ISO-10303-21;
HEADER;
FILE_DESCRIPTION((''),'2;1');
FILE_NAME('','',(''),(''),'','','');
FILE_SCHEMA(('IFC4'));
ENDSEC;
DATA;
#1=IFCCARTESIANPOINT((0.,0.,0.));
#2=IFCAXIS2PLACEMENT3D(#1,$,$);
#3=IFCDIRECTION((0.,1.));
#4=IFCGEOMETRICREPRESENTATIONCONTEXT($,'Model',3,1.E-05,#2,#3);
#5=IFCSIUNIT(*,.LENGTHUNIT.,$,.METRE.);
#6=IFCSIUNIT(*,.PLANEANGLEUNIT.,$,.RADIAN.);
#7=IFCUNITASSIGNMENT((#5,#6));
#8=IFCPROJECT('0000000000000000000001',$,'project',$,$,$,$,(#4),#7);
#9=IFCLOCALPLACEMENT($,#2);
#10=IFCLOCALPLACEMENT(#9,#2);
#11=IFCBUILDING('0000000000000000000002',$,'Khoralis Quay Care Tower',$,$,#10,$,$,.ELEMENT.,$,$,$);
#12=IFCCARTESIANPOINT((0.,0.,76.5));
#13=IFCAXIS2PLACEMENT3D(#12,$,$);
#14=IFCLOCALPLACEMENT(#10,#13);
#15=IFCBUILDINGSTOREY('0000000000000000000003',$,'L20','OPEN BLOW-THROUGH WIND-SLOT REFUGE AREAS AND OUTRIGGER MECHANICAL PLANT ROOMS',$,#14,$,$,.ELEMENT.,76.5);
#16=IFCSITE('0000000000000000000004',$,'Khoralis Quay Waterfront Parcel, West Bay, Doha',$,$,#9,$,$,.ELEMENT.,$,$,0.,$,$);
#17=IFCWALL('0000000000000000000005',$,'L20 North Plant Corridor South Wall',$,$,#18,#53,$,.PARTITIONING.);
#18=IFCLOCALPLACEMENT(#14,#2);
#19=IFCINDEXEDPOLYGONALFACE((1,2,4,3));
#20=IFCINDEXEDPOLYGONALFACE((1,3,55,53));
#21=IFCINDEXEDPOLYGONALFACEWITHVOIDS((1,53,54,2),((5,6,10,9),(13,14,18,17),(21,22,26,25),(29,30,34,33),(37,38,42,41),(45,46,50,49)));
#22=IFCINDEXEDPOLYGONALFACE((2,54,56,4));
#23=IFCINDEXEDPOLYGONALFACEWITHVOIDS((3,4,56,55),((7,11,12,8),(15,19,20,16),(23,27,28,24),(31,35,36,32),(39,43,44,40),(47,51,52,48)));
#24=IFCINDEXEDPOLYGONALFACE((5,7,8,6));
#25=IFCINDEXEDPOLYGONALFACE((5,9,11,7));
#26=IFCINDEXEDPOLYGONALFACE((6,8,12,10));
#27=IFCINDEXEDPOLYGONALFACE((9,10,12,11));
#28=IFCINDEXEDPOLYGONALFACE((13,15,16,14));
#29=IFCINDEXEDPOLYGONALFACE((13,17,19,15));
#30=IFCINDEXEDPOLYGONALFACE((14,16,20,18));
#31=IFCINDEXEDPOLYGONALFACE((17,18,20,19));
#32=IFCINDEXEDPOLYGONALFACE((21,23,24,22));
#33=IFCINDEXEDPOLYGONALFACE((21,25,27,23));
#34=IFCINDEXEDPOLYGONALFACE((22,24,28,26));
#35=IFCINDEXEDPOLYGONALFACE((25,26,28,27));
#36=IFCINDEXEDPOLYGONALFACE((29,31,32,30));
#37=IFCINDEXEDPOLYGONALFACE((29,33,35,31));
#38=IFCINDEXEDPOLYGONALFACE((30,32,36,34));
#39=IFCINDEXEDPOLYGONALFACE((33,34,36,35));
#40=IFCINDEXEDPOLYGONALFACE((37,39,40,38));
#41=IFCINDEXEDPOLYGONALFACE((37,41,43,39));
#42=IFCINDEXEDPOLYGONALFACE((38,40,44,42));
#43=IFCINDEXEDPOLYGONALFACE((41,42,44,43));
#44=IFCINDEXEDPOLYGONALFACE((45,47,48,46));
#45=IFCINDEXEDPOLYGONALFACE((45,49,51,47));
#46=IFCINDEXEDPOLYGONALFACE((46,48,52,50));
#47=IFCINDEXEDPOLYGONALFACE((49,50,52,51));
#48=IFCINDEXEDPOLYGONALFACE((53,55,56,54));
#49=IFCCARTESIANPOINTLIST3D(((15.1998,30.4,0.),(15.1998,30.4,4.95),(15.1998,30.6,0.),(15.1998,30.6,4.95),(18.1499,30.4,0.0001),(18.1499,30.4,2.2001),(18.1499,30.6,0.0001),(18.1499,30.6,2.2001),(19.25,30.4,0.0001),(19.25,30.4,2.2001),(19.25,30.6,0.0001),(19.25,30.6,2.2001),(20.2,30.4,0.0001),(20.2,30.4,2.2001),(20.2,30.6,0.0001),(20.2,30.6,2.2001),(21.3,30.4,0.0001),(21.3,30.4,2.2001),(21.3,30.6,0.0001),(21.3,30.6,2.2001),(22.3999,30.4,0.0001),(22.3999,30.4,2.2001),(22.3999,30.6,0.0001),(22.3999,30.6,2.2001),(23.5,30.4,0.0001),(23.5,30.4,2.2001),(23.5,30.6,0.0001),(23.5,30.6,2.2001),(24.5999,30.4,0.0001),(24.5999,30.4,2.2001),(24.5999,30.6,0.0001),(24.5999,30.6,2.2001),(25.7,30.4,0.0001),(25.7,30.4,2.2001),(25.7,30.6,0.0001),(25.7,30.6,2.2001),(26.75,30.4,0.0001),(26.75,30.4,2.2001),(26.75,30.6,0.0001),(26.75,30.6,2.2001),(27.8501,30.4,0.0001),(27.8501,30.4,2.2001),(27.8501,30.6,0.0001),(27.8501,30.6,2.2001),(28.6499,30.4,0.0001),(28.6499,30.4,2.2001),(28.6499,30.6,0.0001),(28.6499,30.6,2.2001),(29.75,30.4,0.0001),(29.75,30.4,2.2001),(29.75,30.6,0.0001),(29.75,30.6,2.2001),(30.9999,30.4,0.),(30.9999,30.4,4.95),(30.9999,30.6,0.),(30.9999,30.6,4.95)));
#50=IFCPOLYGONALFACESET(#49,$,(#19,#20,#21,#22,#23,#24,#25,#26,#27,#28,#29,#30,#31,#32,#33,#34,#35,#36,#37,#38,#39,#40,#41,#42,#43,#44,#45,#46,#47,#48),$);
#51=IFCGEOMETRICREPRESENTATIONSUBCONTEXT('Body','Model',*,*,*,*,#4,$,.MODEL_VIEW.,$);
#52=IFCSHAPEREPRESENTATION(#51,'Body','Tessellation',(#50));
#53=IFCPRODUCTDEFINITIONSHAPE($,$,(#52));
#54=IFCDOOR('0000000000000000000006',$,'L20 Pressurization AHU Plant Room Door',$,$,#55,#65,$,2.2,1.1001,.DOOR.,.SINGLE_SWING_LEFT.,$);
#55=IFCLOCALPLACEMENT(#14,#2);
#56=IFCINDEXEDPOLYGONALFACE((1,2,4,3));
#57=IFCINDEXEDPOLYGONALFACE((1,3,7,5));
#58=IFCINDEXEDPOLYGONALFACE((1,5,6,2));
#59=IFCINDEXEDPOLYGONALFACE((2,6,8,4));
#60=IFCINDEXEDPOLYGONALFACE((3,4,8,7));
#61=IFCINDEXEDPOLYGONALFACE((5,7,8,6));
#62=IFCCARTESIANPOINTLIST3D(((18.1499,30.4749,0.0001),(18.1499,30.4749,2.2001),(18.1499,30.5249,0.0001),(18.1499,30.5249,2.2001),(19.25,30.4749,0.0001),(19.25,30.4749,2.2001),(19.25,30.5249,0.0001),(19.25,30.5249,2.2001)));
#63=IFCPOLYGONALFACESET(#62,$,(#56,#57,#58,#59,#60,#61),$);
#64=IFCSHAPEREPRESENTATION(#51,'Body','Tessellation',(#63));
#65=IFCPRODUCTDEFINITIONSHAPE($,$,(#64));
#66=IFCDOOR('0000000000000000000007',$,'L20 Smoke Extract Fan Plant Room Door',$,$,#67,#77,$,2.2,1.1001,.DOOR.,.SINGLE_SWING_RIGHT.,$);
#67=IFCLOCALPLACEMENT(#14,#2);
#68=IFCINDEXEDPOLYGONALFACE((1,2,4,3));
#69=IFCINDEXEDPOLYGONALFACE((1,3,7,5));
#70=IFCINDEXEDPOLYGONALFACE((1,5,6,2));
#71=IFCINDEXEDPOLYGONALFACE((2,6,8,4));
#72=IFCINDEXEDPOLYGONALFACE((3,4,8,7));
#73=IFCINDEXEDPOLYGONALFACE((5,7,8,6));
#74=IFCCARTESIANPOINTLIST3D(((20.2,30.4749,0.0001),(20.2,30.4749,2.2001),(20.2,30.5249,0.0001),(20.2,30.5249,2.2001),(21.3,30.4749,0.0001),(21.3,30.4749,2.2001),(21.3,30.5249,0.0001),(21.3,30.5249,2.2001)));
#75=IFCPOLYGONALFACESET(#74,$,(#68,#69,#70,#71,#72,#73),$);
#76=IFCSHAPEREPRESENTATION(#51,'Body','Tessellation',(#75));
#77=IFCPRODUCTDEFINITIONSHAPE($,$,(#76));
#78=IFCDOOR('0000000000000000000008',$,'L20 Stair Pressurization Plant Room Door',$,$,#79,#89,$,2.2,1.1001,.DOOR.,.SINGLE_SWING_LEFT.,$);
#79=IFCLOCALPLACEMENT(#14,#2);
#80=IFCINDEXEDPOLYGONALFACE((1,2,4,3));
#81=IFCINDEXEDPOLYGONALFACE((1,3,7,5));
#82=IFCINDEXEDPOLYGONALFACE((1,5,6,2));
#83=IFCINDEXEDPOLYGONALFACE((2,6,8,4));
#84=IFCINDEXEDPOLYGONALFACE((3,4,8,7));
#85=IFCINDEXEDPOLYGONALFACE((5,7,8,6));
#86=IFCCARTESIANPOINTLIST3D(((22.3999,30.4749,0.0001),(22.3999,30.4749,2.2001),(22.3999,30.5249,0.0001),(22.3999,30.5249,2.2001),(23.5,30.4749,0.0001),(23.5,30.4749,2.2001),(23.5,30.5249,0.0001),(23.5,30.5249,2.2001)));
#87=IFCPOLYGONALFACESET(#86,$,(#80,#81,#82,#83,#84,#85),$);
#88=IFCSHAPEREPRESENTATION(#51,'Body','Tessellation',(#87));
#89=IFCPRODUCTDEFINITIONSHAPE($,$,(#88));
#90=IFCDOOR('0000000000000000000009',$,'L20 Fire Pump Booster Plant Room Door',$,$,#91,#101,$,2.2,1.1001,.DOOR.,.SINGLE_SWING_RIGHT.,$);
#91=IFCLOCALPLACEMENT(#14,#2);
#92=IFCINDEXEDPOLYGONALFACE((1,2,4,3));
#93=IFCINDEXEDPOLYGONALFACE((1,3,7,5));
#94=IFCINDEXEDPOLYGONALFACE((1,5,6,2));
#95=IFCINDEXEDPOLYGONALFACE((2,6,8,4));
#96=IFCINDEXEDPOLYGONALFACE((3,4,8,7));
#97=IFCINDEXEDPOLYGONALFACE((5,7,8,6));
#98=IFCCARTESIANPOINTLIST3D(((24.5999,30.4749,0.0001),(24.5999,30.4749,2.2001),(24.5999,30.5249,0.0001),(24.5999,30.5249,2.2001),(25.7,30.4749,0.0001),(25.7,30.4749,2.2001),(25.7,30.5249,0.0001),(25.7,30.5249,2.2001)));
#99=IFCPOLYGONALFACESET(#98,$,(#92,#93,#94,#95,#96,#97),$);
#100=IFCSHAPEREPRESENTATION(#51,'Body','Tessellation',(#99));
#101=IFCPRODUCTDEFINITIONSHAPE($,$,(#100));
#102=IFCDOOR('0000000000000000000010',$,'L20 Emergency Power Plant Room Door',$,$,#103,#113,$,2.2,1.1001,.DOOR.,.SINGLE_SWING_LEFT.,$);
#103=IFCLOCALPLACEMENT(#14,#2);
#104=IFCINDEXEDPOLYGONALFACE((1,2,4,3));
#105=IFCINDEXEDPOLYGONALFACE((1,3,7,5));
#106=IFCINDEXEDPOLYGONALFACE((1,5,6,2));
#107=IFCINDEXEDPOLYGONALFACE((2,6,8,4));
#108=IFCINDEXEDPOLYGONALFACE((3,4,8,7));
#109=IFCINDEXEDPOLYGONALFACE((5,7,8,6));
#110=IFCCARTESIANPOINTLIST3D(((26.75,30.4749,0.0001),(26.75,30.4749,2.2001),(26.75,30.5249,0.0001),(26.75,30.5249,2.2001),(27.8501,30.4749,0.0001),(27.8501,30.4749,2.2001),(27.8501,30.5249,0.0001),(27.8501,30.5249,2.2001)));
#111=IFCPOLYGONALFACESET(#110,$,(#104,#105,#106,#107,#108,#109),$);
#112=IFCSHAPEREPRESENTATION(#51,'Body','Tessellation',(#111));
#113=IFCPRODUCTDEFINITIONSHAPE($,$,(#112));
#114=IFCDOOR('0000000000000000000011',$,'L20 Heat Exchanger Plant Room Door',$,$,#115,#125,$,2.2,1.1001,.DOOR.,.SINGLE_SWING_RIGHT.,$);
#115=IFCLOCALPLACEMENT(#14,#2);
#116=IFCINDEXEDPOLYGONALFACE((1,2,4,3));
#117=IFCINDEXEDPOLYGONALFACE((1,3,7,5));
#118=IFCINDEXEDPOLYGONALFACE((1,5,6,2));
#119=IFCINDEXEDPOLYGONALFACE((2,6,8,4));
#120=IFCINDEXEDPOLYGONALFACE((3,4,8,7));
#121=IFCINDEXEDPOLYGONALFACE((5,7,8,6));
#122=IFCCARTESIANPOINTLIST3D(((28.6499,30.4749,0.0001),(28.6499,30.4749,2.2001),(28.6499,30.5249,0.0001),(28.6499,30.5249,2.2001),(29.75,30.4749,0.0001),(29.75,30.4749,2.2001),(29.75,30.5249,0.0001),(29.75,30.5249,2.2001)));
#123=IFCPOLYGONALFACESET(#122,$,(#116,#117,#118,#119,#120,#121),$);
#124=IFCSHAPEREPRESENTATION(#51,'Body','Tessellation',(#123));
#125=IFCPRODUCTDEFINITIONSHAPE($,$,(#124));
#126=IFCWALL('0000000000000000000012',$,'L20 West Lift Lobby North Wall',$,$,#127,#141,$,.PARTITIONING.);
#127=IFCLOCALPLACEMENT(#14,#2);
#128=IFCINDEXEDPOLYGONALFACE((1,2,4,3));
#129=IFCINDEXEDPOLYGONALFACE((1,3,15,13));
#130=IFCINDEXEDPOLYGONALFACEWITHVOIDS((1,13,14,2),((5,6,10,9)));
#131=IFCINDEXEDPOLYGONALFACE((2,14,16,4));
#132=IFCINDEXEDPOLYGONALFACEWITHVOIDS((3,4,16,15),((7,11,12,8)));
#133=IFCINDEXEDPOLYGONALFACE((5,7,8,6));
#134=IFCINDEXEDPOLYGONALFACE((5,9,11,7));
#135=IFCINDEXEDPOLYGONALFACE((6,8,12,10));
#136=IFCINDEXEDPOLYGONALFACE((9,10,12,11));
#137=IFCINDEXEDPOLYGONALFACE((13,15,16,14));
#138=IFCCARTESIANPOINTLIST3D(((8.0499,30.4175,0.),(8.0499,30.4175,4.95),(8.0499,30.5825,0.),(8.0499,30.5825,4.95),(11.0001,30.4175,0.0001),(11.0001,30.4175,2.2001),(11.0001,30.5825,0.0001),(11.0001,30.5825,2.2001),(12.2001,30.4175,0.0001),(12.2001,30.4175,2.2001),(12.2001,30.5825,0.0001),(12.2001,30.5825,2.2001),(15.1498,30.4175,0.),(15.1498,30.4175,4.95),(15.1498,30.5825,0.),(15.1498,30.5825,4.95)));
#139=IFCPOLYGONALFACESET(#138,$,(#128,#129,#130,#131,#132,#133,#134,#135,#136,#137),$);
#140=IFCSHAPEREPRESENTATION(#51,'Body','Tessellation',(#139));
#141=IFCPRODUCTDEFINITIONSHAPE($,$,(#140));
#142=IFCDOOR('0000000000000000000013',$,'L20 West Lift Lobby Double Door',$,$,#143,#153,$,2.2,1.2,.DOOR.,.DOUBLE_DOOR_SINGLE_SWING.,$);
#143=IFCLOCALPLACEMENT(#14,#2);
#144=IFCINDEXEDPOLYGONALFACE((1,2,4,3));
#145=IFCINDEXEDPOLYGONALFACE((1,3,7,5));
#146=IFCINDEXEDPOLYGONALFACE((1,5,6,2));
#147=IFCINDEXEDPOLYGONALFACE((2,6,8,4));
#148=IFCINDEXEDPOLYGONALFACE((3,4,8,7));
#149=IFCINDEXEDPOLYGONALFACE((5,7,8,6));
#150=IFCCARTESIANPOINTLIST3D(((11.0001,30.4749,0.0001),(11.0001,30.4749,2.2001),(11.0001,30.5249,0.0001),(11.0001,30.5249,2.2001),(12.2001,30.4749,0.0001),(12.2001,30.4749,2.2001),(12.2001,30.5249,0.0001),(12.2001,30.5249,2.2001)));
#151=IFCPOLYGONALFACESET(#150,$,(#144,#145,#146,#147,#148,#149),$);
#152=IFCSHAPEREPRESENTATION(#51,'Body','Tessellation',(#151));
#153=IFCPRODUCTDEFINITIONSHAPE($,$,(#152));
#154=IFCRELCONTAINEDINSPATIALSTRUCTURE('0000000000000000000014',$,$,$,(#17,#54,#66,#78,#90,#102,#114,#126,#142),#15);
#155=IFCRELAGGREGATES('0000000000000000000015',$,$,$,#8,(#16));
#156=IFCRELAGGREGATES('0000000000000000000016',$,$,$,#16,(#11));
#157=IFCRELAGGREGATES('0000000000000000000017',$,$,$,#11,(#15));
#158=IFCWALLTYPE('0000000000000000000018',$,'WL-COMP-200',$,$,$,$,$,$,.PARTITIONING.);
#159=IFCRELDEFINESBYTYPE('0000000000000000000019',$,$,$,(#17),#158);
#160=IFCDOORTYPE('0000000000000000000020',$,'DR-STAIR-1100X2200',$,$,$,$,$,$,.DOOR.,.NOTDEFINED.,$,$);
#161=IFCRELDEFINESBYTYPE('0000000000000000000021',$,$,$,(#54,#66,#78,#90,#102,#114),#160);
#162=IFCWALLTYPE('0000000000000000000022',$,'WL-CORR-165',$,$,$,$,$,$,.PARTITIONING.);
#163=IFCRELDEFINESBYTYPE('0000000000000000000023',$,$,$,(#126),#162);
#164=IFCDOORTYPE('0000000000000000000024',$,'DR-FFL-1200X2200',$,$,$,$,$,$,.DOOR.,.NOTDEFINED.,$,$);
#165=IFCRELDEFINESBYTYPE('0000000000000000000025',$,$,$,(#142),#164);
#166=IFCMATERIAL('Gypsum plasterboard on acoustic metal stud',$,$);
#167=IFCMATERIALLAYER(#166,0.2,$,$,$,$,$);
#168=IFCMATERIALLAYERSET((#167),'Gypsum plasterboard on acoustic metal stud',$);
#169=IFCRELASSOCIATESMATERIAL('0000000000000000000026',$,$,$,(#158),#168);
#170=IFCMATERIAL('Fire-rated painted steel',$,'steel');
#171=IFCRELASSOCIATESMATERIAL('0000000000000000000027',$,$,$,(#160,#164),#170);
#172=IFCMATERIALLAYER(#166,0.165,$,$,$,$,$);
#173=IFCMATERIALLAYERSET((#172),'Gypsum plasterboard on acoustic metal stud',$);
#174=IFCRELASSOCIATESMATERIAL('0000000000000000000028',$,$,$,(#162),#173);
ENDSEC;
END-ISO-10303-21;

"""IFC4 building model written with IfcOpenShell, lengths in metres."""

from ifc_helpers import new_model, si_unit, direction, frame, frame_2d, origin, place, context, subcontext, project, spatial, rectangle, extrude, source, transform, mapped, material, layer, layer_set, type_object, element, fill, save


model = new_model("IFC4")

# Units and contexts
model_context = context("Model", 3, precision=1e-05, world=origin(), true_north=direction((0.0, 1.0)))
body_context = subcontext(model_context, "Body", "Model", "MODEL_VIEW")
ifc_project = project(units=[si_unit("LENGTHUNIT", "METRE"), si_unit("PLANEANGLEUNIT", "RADIAN")], contexts=[model_context])

# Site, building, storey
site_placement = place(None, origin())
site = spatial("IfcSite", under=ifc_project, at=site_placement, Name="Khoralis Quay Waterfront Parcel, West Bay, Doha", CompositionType="ELEMENT", RefElevation=0.0)
building_placement = place(site_placement, origin())
building = spatial("IfcBuilding", under=site, at=building_placement, Name="Khoralis Quay Care Tower", CompositionType="ELEMENT")
storey_placement = place(building_placement, frame((0.0, 0.0, 76.5)))
storey = spatial("IfcBuildingStorey", under=building, at=storey_placement, Name="L20", Description="OPEN BLOW-THROUGH WIND-SLOT REFUGE AREAS AND OUTRIGGER MECHANICAL PLANT ROOMS", CompositionType="ELEMENT", Elevation=76.5)

# Wall, openings, doors
ifc_material_1 = material(Name="Gypsum plasterboard on acoustic metal stud")
ifc_layer_1 = layer(ifc_material_1, 0.2)
ifc_layer_set_1 = layer_set([ifc_layer_1], Name="Gypsum plasterboard on acoustic metal stud")
wall_type_1 = type_object("IfcWallType", Name="WL-COMP-200", PredefinedType="PARTITIONING", material=ifc_layer_set_1)
wall_1_placement = place(storey_placement, frame((15.2, 30.5, 0.0), z_axis=(0.0, 0.0, 1.0), x_axis=(1.0, 0.0, 0.0)))
wall_1 = element("IfcWall", 1, at=wall_1_placement, inside=storey, type_object=wall_type_1, Name="L20 North Plant Corridor South Wall", PredefinedType="PARTITIONING", context=body_context, shape_type="SweptSolid", body=[
    extrude(rectangle(XDim=15.8, YDim=0.2, at=frame_2d((7.8999, 0.0))), origin(), (0.0, 0.0, 1.0), 4.95),
])
opening_1_placement = place(wall_1_placement, frame((2.95, 0.0, 0.0)))
opening_1 = element("IfcOpeningElement", 2, at=opening_1_placement, cuts=wall_1, PredefinedType="OPENING", context=body_context, shape_type="SweptSolid", body=[
    extrude(rectangle(XDim=1.1001, YDim=2.2, at=frame_2d((0.55, 1.1001))), frame((0.0, 0.1099, 0.0), z_axis=(0.0, -1.0, 0.0), x_axis=(1.0, 0.0, 0.0)), (0.0, 0.0, 1.0), 0.22),
])
opening_2_placement = place(wall_1_placement, frame((5.0, 0.0, 0.0)))
opening_2 = element("IfcOpeningElement", 3, at=opening_2_placement, cuts=wall_1, PredefinedType="OPENING", context=body_context, shape_type="SweptSolid", body=[
    extrude(rectangle(XDim=1.1001, YDim=2.2, at=frame_2d((0.55, 1.1001))), frame((0.0, 0.1099, 0.0), z_axis=(0.0, -1.0, 0.0), x_axis=(1.0, 0.0, 0.0)), (0.0, 0.0, 1.0), 0.22),
])
opening_3_placement = place(wall_1_placement, frame((7.2, 0.0, 0.0)))
opening_3 = element("IfcOpeningElement", 4, at=opening_3_placement, cuts=wall_1, PredefinedType="OPENING", context=body_context, shape_type="SweptSolid", body=[
    extrude(rectangle(XDim=1.1001, YDim=2.2, at=frame_2d((0.55, 1.1001))), frame((0.0, 0.1099, 0.0), z_axis=(0.0, -1.0, 0.0), x_axis=(1.0, 0.0, 0.0)), (0.0, 0.0, 1.0), 0.22),
])
opening_4_placement = place(wall_1_placement, frame((9.3999, 0.0, 0.0)))
opening_4 = element("IfcOpeningElement", 5, at=opening_4_placement, cuts=wall_1, PredefinedType="OPENING", context=body_context, shape_type="SweptSolid", body=[
    extrude(rectangle(XDim=1.1001, YDim=2.2, at=frame_2d((0.55, 1.1001))), frame((0.0, 0.1099, 0.0), z_axis=(0.0, -1.0, 0.0), x_axis=(1.0, 0.0, 0.0)), (0.0, 0.0, 1.0), 0.22),
])
opening_5_placement = place(wall_1_placement, frame((11.55, 0.0, 0.0)))
opening_5 = element("IfcOpeningElement", 6, at=opening_5_placement, cuts=wall_1, PredefinedType="OPENING", context=body_context, shape_type="SweptSolid", body=[
    extrude(rectangle(XDim=1.1001, YDim=2.2, at=frame_2d((0.55, 1.1001))), frame((0.0, 0.1099, 0.0), z_axis=(0.0, -1.0, 0.0), x_axis=(1.0, 0.0, 0.0)), (0.0, 0.0, 1.0), 0.22),
])
opening_6_placement = place(wall_1_placement, frame((13.45, 0.0, 0.0)))
opening_6 = element("IfcOpeningElement", 7, at=opening_6_placement, cuts=wall_1, PredefinedType="OPENING", context=body_context, shape_type="SweptSolid", body=[
    extrude(rectangle(XDim=1.1001, YDim=2.2, at=frame_2d((0.55, 1.1001))), frame((0.0, 0.1099, 0.0), z_axis=(0.0, -1.0, 0.0), x_axis=(1.0, 0.0, 0.0)), (0.0, 0.0, 1.0), 0.22),
])
ifc_material_2 = material(Name="Fire-rated painted steel", Category="steel")
door_type_1 = type_object("IfcDoorType", Name="DR-STAIR-1100X2200", OperationType="NOTDEFINED", PredefinedType="DOOR", material=ifc_material_2)
shared_shape_1 = source(origin(), body_context, "Body", "SweptSolid", [
    extrude(rectangle(XDim=1.1001, YDim=2.2, at=frame_2d((0.55, 1.1001))), frame((0.0, 0.0249, 0.0), z_axis=(0.0, -1.0, 0.0), x_axis=(1.0, 0.0, 0.0)), (0.0, 0.0, 1.0), 0.05),
])
door_1_placement = place(opening_1_placement, origin())
door_1 = element("IfcDoor", 8, at=door_1_placement, inside=storey, type_object=door_type_1, Name="L20 Pressurization AHU Plant Room Door", OperationType="SINGLE_SWING_LEFT", OverallHeight=2.2, OverallWidth=1.1001, PredefinedType="DOOR", context=body_context, shape_type="MappedRepresentation", body=[
    mapped(shared_shape_1, transform((0.0, 0.0, 0.0), scale=1.0)),
])
fill(opening_1, door_1)
door_2_placement = place(opening_2_placement, origin())
door_2 = element("IfcDoor", 9, at=door_2_placement, inside=storey, type_object=door_type_1, Name="L20 Smoke Extract Fan Plant Room Door", OperationType="SINGLE_SWING_RIGHT", OverallHeight=2.2, OverallWidth=1.1001, PredefinedType="DOOR", context=body_context, shape_type="MappedRepresentation", body=[
    mapped(shared_shape_1, transform((0.0, 0.0, 0.0), scale=1.0)),
])
fill(opening_2, door_2)
door_3_placement = place(opening_3_placement, origin())
door_3 = element("IfcDoor", 10, at=door_3_placement, inside=storey, type_object=door_type_1, Name="L20 Stair Pressurization Plant Room Door", OperationType="SINGLE_SWING_LEFT", OverallHeight=2.2, OverallWidth=1.1001, PredefinedType="DOOR", context=body_context, shape_type="MappedRepresentation", body=[
    mapped(shared_shape_1, transform((0.0, 0.0, 0.0), scale=1.0)),
])
fill(opening_3, door_3)
door_4_placement = place(opening_4_placement, origin())
door_4 = element("IfcDoor", 11, at=door_4_placement, inside=storey, type_object=door_type_1, Name="L20 Fire Pump Booster Plant Room Door", OperationType="SINGLE_SWING_RIGHT", OverallHeight=2.2, OverallWidth=1.1001, PredefinedType="DOOR", context=body_context, shape_type="MappedRepresentation", body=[
    mapped(shared_shape_1, transform((0.0, 0.0, 0.0), scale=1.0)),
])
fill(opening_4, door_4)
door_5_placement = place(opening_5_placement, origin())
door_5 = element("IfcDoor", 12, at=door_5_placement, inside=storey, type_object=door_type_1, Name="L20 Emergency Power Plant Room Door", OperationType="SINGLE_SWING_LEFT", OverallHeight=2.2, OverallWidth=1.1001, PredefinedType="DOOR", context=body_context, shape_type="MappedRepresentation", body=[
    mapped(shared_shape_1, transform((0.0, 0.0, 0.0), scale=1.0)),
])
fill(opening_5, door_5)
door_6_placement = place(opening_6_placement, origin())
door_6 = element("IfcDoor", 13, at=door_6_placement, inside=storey, type_object=door_type_1, Name="L20 Heat Exchanger Plant Room Door", OperationType="SINGLE_SWING_RIGHT", OverallHeight=2.2, OverallWidth=1.1001, PredefinedType="DOOR", context=body_context, shape_type="MappedRepresentation", body=[
    mapped(shared_shape_1, transform((0.0, 0.0, 0.0), scale=1.0)),
])
fill(opening_6, door_6)

# Wall, opening, door
ifc_layer_2 = layer(ifc_material_1, 0.165)
ifc_layer_set_2 = layer_set([ifc_layer_2], Name="Gypsum plasterboard on acoustic metal stud")
wall_type_2 = type_object("IfcWallType", Name="WL-CORR-165", PredefinedType="PARTITIONING", material=ifc_layer_set_2)
wall_2_placement = place(storey_placement, frame((8.05, 30.5, 0.0), z_axis=(0.0, 0.0, 1.0), x_axis=(1.0, 0.0, 0.0)))
wall_2 = element("IfcWall", 14, at=wall_2_placement, inside=storey, type_object=wall_type_2, Name="L20 West Lift Lobby North Wall", PredefinedType="PARTITIONING", context=body_context, shape_type="SweptSolid", body=[
    extrude(rectangle(XDim=7.0999, YDim=0.165, at=frame_2d((3.5498, 0.0))), origin(), (0.0, 0.0, 1.0), 4.95),
])
opening_7_placement = place(wall_2_placement, frame((2.95, 0.0, 0.0)))
opening_7 = element("IfcOpeningElement", 15, at=opening_7_placement, cuts=wall_2, PredefinedType="OPENING", context=body_context, shape_type="SweptSolid", body=[
    extrude(rectangle(XDim=1.2, YDim=2.2, at=frame_2d((0.6001, 1.1001))), frame((0.0, 0.0925, 0.0), z_axis=(0.0, -1.0, 0.0), x_axis=(1.0, 0.0, 0.0)), (0.0, 0.0, 1.0), 0.1851),
])
door_type_2 = type_object("IfcDoorType", Name="DR-FFL-1200X2200", OperationType="NOTDEFINED", PredefinedType="DOOR", material=ifc_material_2)
shared_shape_2 = source(origin(), body_context, "Body", "SweptSolid", [
    extrude(rectangle(XDim=1.2, YDim=2.2, at=frame_2d((0.6001, 1.1001))), frame((0.0, 0.0249, 0.0), z_axis=(0.0, -1.0, 0.0), x_axis=(1.0, 0.0, 0.0)), (0.0, 0.0, 1.0), 0.05),
])
door_7_placement = place(opening_7_placement, origin())
door_7 = element("IfcDoor", 16, at=door_7_placement, inside=storey, type_object=door_type_2, Name="L20 West Lift Lobby Double Door", OperationType="DOUBLE_DOOR_SINGLE_SWING", OverallHeight=2.2, OverallWidth=1.2, PredefinedType="DOOR", context=body_context, shape_type="MappedRepresentation", body=[
    mapped(shared_shape_2, transform((0.0, 0.0, 0.0), scale=1.0)),
])
fill(opening_7, door_7)

save(model, "model.ifc")
